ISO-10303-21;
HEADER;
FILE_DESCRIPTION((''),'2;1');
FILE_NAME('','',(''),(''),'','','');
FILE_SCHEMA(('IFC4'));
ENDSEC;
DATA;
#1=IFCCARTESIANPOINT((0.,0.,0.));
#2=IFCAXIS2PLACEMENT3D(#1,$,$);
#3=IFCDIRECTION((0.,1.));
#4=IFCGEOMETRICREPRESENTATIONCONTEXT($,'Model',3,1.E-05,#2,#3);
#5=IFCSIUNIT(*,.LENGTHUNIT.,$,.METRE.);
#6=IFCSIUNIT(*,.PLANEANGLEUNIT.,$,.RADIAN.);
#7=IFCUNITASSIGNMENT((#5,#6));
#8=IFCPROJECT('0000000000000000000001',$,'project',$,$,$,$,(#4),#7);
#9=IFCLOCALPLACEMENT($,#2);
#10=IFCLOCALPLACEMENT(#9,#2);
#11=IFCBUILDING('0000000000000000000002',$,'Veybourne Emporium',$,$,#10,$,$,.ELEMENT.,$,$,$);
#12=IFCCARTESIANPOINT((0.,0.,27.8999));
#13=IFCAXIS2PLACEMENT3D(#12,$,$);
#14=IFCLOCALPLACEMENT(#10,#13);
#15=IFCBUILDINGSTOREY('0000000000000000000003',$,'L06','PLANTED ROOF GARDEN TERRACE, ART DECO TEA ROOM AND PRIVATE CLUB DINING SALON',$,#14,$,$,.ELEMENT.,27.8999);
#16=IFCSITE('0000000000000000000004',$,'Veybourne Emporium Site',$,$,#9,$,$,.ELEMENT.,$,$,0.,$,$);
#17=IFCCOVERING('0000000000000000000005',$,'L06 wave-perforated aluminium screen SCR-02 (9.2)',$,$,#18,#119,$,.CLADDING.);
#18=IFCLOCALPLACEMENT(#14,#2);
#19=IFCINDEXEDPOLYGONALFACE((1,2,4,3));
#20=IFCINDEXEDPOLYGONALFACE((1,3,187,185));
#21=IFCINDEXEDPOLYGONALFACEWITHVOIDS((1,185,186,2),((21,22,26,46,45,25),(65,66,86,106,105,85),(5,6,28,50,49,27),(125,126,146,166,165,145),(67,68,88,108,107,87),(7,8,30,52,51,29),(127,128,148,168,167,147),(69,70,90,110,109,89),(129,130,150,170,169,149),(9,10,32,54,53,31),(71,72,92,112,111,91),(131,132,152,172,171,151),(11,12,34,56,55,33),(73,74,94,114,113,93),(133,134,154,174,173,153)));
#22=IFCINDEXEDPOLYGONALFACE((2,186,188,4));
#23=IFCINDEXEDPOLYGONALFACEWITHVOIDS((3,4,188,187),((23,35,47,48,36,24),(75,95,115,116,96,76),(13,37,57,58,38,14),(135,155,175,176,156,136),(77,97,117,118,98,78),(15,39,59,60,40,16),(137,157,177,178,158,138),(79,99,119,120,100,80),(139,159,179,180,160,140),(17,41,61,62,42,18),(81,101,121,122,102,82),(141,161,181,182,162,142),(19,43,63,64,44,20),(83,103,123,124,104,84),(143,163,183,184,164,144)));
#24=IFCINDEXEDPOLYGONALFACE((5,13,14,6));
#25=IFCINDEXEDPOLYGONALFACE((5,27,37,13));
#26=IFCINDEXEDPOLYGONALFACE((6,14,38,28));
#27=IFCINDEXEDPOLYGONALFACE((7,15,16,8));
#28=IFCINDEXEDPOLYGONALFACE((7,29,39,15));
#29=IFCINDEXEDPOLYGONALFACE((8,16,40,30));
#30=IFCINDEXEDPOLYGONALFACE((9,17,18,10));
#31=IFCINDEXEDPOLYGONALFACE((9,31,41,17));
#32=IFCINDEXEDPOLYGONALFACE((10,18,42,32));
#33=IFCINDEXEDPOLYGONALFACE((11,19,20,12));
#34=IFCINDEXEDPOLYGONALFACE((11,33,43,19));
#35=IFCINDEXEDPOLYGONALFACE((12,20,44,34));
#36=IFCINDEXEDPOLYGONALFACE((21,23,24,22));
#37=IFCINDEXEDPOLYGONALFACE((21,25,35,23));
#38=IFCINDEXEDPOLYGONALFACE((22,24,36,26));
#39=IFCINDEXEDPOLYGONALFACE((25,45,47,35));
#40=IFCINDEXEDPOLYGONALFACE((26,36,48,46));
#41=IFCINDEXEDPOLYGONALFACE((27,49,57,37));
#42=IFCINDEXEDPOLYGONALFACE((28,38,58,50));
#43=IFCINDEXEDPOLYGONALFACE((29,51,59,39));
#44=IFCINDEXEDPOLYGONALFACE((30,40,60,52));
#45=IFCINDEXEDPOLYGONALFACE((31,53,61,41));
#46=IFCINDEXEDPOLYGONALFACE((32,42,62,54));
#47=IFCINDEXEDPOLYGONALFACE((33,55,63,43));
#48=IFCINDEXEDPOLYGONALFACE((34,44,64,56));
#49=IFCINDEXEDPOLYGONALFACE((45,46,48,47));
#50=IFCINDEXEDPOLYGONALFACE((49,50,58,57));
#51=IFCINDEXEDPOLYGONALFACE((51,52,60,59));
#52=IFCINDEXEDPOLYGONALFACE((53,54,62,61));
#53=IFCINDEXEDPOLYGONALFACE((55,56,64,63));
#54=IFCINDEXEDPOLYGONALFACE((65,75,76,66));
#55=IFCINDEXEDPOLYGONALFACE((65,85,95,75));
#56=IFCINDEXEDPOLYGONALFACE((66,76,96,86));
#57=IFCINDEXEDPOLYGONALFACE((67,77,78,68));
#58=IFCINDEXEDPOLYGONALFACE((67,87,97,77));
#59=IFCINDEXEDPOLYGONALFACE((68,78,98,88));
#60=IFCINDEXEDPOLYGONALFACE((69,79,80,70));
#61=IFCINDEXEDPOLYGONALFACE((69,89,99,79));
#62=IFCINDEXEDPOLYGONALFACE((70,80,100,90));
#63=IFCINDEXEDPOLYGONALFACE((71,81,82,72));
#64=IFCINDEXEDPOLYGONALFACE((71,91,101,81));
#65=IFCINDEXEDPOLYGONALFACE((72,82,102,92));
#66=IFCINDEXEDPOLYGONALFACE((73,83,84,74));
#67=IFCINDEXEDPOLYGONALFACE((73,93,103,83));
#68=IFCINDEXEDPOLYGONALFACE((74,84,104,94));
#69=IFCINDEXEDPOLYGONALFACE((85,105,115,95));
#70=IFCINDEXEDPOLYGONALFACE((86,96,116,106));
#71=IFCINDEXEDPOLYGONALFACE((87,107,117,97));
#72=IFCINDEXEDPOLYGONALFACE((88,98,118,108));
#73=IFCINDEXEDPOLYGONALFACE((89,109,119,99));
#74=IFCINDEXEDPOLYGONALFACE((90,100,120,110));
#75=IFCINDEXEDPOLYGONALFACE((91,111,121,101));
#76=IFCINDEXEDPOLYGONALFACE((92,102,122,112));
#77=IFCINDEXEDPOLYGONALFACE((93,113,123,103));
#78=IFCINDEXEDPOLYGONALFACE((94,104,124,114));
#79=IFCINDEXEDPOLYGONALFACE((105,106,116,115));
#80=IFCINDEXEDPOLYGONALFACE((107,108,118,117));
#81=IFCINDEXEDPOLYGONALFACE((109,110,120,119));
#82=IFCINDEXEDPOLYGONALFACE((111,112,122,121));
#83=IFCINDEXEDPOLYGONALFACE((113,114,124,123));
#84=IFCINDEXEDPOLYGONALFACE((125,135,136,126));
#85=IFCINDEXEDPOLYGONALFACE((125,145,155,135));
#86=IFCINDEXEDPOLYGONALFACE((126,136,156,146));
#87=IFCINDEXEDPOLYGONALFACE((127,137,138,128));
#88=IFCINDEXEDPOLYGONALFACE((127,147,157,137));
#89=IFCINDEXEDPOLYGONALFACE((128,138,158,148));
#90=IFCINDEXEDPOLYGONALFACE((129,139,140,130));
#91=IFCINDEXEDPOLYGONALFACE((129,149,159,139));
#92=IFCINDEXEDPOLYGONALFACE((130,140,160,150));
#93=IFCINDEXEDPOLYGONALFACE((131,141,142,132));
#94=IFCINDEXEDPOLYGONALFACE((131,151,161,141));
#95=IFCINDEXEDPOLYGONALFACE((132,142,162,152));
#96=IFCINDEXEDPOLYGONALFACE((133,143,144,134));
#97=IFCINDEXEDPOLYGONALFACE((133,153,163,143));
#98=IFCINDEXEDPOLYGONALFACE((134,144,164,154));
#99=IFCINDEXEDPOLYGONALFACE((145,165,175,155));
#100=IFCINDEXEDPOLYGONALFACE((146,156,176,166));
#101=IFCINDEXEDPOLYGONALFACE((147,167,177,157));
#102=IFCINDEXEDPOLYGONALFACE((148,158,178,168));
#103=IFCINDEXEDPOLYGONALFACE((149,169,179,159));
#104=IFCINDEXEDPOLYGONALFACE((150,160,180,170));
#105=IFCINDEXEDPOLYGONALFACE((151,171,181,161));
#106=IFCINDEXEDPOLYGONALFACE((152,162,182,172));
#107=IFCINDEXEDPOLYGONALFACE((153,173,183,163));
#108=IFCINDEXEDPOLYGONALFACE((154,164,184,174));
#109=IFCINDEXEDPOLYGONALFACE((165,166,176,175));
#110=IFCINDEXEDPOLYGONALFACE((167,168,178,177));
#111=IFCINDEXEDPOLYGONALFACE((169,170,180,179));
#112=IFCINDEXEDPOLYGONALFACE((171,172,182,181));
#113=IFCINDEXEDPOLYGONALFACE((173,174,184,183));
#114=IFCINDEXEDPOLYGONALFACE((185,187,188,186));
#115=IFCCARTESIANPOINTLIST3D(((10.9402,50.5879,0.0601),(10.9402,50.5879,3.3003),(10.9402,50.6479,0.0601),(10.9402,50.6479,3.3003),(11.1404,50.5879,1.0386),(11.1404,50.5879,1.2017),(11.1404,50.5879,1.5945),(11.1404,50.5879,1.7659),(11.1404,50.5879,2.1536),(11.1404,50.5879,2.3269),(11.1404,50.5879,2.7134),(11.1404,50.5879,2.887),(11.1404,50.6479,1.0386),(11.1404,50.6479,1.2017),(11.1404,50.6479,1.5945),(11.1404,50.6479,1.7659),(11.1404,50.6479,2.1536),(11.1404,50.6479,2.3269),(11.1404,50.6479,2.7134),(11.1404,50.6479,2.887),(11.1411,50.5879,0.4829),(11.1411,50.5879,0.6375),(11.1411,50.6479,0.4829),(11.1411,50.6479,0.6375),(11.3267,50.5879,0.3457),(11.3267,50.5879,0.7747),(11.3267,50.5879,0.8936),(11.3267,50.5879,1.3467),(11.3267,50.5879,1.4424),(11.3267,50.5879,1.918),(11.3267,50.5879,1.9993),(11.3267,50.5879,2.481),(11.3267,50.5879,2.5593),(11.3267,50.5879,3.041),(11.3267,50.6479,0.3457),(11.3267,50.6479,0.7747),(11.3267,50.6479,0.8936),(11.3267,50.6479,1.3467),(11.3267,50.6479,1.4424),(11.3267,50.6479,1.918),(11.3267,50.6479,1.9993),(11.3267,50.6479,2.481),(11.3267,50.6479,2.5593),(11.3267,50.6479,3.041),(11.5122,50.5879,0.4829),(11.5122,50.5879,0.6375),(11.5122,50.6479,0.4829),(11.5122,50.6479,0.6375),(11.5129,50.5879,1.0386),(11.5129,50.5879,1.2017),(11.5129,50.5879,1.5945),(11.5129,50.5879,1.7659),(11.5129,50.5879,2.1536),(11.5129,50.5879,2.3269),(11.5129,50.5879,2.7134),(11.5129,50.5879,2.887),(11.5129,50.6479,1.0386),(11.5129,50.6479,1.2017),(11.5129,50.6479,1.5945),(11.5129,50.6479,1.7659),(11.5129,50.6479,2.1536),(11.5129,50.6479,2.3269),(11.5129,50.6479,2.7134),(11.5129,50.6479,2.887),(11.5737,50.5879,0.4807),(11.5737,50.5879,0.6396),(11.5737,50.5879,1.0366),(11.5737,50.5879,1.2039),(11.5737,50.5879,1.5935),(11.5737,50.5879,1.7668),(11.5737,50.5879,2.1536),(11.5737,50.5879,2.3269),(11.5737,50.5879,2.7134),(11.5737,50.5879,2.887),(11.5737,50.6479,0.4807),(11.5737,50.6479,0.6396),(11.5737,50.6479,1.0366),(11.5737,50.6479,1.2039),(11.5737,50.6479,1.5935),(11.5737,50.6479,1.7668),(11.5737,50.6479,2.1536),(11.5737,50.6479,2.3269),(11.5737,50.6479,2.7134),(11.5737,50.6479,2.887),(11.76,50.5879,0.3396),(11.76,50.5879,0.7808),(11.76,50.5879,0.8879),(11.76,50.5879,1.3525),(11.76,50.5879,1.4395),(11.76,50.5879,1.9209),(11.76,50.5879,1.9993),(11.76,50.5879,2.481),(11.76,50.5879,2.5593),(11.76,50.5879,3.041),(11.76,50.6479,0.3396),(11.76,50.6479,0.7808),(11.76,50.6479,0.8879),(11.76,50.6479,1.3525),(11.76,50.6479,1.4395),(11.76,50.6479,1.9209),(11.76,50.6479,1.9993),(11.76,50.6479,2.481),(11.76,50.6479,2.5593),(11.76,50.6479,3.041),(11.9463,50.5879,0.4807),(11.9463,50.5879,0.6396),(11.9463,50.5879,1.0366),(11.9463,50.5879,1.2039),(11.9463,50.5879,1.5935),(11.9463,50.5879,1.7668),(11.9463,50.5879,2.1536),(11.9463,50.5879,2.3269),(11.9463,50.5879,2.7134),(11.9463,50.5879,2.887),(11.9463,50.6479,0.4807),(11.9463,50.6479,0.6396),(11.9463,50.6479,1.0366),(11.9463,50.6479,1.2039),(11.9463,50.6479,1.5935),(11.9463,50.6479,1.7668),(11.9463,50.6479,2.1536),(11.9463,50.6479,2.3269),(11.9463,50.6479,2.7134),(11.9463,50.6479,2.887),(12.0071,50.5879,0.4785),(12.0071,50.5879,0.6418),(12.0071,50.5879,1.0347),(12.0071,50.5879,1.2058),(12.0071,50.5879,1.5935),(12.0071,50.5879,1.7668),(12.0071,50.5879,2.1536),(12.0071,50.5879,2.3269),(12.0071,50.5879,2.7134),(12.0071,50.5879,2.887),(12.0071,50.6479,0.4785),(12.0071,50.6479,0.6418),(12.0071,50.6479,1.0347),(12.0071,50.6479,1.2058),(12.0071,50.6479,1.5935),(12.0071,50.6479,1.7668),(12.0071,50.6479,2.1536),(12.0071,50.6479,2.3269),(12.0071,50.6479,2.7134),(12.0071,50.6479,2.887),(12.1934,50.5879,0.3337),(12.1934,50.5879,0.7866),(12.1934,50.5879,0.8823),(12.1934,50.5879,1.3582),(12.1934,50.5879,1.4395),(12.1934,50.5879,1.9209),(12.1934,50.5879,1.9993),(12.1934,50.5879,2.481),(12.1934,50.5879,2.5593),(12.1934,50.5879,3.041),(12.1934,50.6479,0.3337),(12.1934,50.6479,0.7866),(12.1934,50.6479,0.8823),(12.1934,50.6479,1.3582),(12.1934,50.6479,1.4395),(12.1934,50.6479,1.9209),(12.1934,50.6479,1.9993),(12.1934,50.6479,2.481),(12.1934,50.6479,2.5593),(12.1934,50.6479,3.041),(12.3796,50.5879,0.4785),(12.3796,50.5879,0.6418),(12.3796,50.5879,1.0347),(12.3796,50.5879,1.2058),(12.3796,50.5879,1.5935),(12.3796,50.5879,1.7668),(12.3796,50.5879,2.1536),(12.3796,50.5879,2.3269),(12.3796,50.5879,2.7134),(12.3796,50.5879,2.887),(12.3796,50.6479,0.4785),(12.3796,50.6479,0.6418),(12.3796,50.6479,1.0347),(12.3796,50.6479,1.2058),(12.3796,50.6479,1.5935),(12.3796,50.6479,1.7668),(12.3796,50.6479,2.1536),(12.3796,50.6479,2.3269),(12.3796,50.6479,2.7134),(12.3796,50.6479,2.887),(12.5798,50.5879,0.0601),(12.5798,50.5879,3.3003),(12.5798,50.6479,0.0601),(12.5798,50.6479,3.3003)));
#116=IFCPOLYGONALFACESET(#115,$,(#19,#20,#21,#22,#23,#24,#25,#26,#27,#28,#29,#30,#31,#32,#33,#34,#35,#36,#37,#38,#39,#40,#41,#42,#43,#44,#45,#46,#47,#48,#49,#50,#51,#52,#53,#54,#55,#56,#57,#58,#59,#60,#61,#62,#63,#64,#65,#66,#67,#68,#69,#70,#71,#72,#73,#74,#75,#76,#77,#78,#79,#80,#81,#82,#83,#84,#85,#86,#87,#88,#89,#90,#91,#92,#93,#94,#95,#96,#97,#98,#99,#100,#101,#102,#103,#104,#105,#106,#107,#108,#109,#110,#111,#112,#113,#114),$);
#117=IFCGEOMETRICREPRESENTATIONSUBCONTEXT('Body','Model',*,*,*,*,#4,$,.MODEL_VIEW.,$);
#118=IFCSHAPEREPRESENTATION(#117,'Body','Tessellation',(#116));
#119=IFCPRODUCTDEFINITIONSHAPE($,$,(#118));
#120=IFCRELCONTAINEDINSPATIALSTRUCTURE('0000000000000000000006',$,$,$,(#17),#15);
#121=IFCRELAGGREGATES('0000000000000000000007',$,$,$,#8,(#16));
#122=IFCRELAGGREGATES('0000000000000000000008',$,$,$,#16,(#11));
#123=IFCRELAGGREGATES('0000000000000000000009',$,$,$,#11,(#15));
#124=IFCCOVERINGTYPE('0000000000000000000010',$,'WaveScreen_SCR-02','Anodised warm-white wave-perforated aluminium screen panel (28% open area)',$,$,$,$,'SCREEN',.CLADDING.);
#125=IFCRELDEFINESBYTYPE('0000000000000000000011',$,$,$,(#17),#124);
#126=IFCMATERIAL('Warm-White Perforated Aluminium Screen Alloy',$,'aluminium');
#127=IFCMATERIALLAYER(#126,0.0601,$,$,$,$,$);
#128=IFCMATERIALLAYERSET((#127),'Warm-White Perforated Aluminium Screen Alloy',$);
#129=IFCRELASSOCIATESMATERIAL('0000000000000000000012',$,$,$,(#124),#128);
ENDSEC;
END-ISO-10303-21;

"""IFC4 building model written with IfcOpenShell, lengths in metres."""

from ifc_helpers import new_model, si_unit, direction, frame, origin, place, context, subcontext, project, spatial, polyline, outline, extrude, material, layer, layer_set, type_object, element, save


model = new_model("IFC4")

# Units and contexts
model_context = context("Model", 3, precision=1e-05, world=origin(), true_north=direction((0.0, 1.0)))
body_context = subcontext(model_context, "Body", "Model", "MODEL_VIEW")
ifc_project = project(units=[si_unit("LENGTHUNIT", "METRE"), si_unit("PLANEANGLEUNIT", "RADIAN")], contexts=[model_context])

# Site, building, storey
site_placement = place(None, origin())
site = spatial("IfcSite", under=ifc_project, at=site_placement, Name="Veybourne Emporium Site", CompositionType="ELEMENT", RefElevation=0.0)
building_placement = place(site_placement, origin())
building = spatial("IfcBuilding", under=site, at=building_placement, Name="Veybourne Emporium", CompositionType="ELEMENT")
storey_placement = place(building_placement, frame((0.0, 0.0, 27.8999)))
storey = spatial("IfcBuildingStorey", under=building, at=storey_placement, Name="L06", Description="PLANTED ROOF GARDEN TERRACE, ART DECO TEA ROOM AND PRIVATE CLUB DINING SALON", CompositionType="ELEMENT", Elevation=27.8999)

# Covering
ifc_material_1 = material(Name="Warm-White Perforated Aluminium Screen Alloy", Category="aluminium")
ifc_layer_1 = layer(ifc_material_1, 0.0601)
ifc_layer_set_1 = layer_set([ifc_layer_1], Name="Warm-White Perforated Aluminium Screen Alloy")
covering_type_1 = type_object("IfcCoveringType", Name="WaveScreen_SCR-02", Description="Anodised warm-white wave-perforated aluminium screen panel (28% open area)", ElementType="SCREEN", PredefinedType="CLADDING", material=ifc_layer_set_1)
covering_1_placement = place(storey_placement, frame((11.76, 50.6479, 1.6802), z_axis=(0.0, -1.0, 0.0), x_axis=(1.0, 0.0, 0.0)))
element("IfcCovering", 1, at=covering_1_placement, inside=storey, type_object=covering_type_1, Name="L06 wave-perforated aluminium screen SCR-02 (9.2)", PredefinedType="CLADDING", context=body_context, shape_type="SweptSolid", body=[
    extrude(outline(polyline([(-0.8198, -1.6201), (0.8198, -1.6201), (0.8198, 1.6201), (-0.8198, 1.6201), (-0.8198, -1.6201)]), holes=[polyline([(-0.4333, -0.9055), (-0.2478, -1.0427), (-0.2478, -1.1973), (-0.4333, -1.3345), (-0.6189, -1.1973), (-0.6189, -1.0427), (-0.4333, -0.9055)]), polyline([(-0.4333, -0.3335), (-0.2471, -0.4785), (-0.2471, -0.6416), (-0.4333, -0.7866), (-0.6196, -0.6416), (-0.6196, -0.4785), (-0.4333, -0.3335)]), polyline([(-0.4333, 0.2378), (-0.2471, 0.0857), (-0.2471, -0.0857), (-0.4333, -0.2378), (-0.6196, -0.0857), (-0.6196, 0.0857), (-0.4333, 0.2378)]), polyline([(-0.4333, 0.8008), (-0.2471, 0.6467), (-0.2471, 0.4734), (-0.4333, 0.3191), (-0.6196, 0.4734), (-0.6196, 0.6467), (-0.4333, 0.8008)]), polyline([(-0.4333, 1.3608), (-0.2471, 1.2068), (-0.2471, 1.0332), (-0.4333, 0.8792), (-0.6196, 1.0332), (-0.6196, 1.2068), (-0.4333, 1.3608)]), polyline([(0.0, -0.8994), (0.1863, -1.0405), (0.1863, -1.1995), (0.0, -1.3406), (-0.1863, -1.1995), (-0.1863, -1.0405), (0.0, -0.8994)]), polyline([(0.0, -0.3276), (0.1863, -0.4763), (0.1863, -0.6436), (0.0, -0.7922), (-0.1863, -0.6436), (-0.1863, -0.4763), (0.0, -0.3276)]), polyline([(0.0, 0.2407), (0.1863, 0.0867), (0.1863, -0.0867), (0.0, -0.2407), (-0.1863, -0.0867), (-0.1863, 0.0867), (0.0, 0.2407)]), polyline([(0.0, 0.8008), (0.1863, 0.6467), (0.1863, 0.4734), (0.0, 0.3191), (-0.1863, 0.4734), (-0.1863, 0.6467), (0.0, 0.8008)]), polyline([(0.0, 1.3608), (0.1863, 1.2068), (0.1863, 1.0332), (0.0, 0.8792), (-0.1863, 1.0332), (-0.1863, 1.2068), (0.0, 1.3608)]), polyline([(0.4333, -0.8936), (0.6196, -1.0383), (0.6196, -1.2017), (0.4333, -1.3464), (0.2471, -1.2017), (0.2471, -1.0383), (0.4333, -0.8936)]), polyline([(0.4333, -0.322), (0.6196, -0.4744), (0.6196, -0.6455), (0.4333, -0.7979), (0.2471, -0.6455), (0.2471, -0.4744), (0.4333, -0.322)]), polyline([(0.4333, 0.2407), (0.6196, 0.0867), (0.6196, -0.0867), (0.4333, -0.2407), (0.2471, -0.0867), (0.2471, 0.0867), (0.4333, 0.2407)]), polyline([(0.4333, 0.8008), (0.6196, 0.6467), (0.6196, 0.4734), (0.4333, 0.3191), (0.2471, 0.4734), (0.2471, 0.6467), (0.4333, 0.8008)]), polyline([(0.4333, 1.3608), (0.6196, 1.2068), (0.6196, 1.0332), (0.4333, 0.8792), (0.2471, 1.0332), (0.2471, 1.2068), (0.4333, 1.3608)])]), origin(), (0.0, 0.0, 1.0), 0.0601),
])

save(model, "model.ifc")
